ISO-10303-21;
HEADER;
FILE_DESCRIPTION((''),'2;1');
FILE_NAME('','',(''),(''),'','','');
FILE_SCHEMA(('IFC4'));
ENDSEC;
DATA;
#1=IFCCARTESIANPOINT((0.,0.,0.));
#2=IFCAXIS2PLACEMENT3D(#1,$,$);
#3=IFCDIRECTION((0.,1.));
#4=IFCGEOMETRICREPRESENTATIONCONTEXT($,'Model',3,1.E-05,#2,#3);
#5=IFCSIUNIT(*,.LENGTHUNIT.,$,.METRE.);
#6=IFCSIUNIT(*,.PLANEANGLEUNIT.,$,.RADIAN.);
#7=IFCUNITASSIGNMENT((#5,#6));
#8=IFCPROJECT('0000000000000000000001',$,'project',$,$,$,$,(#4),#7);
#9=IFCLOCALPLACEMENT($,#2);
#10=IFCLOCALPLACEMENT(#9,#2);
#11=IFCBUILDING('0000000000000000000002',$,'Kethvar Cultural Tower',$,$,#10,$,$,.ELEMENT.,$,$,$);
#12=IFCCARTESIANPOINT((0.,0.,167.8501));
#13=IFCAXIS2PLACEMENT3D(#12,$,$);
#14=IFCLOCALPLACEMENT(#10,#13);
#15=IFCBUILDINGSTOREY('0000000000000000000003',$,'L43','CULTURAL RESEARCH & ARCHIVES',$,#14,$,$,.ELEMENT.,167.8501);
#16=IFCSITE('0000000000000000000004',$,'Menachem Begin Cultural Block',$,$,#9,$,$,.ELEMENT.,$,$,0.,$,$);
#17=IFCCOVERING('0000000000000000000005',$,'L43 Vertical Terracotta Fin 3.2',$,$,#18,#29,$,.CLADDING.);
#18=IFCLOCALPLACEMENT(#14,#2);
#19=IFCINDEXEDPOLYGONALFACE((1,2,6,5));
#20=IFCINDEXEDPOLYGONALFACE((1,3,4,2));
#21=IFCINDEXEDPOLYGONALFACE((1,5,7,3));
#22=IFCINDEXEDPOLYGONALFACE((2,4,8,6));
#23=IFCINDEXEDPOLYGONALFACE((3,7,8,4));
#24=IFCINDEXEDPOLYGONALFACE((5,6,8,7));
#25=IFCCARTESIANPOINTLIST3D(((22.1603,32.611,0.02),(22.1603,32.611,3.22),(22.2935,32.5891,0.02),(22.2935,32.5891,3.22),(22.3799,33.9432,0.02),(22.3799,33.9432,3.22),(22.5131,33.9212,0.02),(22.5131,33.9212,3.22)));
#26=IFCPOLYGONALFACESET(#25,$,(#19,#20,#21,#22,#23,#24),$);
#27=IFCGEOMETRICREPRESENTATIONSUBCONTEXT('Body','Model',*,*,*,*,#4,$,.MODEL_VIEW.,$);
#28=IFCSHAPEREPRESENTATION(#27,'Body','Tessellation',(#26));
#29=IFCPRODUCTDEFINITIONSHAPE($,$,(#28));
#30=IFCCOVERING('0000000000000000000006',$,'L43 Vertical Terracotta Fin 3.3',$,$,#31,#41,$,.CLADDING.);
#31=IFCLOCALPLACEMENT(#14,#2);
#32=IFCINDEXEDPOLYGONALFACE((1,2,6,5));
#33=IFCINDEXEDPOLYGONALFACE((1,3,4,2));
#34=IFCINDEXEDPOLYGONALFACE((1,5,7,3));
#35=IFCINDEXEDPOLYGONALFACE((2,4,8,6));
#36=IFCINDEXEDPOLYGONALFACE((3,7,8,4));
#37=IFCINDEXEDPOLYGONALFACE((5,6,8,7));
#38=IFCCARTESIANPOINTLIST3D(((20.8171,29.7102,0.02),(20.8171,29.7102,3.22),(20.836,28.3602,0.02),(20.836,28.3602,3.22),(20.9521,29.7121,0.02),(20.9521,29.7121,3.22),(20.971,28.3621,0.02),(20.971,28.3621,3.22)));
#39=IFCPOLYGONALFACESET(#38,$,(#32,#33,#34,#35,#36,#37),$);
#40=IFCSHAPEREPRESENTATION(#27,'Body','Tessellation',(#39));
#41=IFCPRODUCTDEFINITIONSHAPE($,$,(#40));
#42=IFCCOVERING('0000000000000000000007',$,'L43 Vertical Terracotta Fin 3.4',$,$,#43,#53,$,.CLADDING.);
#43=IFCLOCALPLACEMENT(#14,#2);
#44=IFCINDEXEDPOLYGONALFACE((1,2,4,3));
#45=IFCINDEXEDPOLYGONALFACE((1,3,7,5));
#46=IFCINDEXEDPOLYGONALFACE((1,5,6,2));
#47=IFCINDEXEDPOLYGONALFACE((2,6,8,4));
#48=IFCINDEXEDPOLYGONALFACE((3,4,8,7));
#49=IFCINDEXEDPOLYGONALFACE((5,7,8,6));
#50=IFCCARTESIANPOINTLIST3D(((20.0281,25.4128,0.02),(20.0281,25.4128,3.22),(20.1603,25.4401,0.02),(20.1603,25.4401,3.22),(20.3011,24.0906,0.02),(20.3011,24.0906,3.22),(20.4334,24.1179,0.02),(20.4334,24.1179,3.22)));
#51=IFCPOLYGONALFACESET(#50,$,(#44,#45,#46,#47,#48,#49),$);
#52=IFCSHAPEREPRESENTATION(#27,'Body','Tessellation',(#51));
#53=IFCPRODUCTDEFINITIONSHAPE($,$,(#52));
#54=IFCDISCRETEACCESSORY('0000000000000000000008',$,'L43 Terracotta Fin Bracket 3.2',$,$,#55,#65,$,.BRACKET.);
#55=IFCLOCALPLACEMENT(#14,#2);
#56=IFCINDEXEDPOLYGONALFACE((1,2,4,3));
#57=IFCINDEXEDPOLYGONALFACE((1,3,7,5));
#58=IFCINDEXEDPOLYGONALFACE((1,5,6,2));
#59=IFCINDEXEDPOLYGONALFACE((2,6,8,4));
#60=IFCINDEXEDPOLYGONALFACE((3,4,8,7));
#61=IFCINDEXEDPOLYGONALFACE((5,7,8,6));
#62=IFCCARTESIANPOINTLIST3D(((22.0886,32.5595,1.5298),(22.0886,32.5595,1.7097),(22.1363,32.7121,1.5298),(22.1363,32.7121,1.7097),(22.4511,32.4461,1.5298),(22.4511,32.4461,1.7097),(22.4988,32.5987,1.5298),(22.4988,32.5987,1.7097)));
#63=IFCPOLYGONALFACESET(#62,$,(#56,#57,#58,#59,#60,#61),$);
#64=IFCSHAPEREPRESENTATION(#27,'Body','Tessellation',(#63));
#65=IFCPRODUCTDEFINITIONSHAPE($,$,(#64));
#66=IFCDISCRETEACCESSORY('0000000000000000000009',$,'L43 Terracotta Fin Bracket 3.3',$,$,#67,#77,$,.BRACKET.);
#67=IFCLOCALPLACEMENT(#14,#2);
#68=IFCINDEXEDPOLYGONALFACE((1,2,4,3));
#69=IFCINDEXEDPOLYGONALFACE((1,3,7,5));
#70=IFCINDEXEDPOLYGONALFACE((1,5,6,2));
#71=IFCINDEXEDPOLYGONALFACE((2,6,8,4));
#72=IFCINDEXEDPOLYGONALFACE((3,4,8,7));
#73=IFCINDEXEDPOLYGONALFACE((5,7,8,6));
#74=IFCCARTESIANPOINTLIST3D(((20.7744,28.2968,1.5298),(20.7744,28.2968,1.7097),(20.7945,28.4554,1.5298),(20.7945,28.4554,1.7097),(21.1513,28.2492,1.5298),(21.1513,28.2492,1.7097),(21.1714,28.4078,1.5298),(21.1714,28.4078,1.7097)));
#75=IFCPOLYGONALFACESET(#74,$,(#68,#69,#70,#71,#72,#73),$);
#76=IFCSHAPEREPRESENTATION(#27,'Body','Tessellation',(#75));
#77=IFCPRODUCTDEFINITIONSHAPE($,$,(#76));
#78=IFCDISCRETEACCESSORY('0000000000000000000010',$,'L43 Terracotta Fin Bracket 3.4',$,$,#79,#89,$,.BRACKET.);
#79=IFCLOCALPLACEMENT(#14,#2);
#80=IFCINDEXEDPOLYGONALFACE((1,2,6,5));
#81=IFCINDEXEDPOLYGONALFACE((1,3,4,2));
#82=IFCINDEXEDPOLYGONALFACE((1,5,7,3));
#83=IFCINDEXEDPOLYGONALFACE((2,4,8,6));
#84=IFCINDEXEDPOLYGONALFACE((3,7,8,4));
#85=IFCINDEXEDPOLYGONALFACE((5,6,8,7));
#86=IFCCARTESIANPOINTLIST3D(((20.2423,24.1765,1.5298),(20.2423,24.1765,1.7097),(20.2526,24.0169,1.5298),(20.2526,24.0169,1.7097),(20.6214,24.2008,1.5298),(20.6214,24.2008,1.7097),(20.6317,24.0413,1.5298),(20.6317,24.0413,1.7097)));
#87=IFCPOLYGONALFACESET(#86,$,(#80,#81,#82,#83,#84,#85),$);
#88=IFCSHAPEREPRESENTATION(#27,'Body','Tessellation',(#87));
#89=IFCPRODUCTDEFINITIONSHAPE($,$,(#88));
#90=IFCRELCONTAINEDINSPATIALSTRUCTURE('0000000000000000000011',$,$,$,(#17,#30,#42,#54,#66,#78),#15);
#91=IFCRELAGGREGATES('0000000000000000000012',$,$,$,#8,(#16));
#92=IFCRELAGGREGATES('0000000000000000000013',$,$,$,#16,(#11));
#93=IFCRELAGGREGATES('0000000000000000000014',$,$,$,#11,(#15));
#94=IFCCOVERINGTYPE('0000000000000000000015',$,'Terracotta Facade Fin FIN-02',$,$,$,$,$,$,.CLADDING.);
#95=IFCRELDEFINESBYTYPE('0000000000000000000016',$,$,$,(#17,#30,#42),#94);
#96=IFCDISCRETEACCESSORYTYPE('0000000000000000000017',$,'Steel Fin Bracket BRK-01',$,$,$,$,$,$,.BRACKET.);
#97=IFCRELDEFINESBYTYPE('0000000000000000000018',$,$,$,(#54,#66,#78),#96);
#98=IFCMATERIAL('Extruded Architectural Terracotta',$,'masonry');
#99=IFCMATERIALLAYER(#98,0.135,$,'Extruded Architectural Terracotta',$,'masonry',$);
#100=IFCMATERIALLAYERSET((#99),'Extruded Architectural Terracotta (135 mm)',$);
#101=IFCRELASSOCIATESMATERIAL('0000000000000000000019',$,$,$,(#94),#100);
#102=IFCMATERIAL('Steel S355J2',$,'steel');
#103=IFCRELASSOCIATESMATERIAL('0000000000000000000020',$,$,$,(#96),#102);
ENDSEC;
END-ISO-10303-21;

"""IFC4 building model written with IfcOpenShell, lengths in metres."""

from ifc_helpers import new_model, si_unit, direction, frame, origin, origin_2d, place, context, subcontext, project, spatial, rectangle, extrude, source, transform, mapped, material, layer, layer_set, type_object, element, save


model = new_model("IFC4")

# Units and contexts
model_context = context("Model", 3, precision=1e-05, world=origin(), true_north=direction((0.0, 1.0)))
body_context = subcontext(model_context, "Body", "Model", "MODEL_VIEW")
ifc_project = project(units=[si_unit("LENGTHUNIT", "METRE"), si_unit("PLANEANGLEUNIT", "RADIAN")], contexts=[model_context])

# Site, building, storey
site_placement = place(None, origin())
site = spatial("IfcSite", under=ifc_project, at=site_placement, Name="Menachem Begin Cultural Block", CompositionType="ELEMENT", RefElevation=0.0)
building_placement = place(site_placement, origin())
building = spatial("IfcBuilding", under=site, at=building_placement, Name="Kethvar Cultural Tower", CompositionType="ELEMENT")
storey_placement = place(building_placement, frame((0.0, 0.0, 167.8501)))
storey = spatial("IfcBuildingStorey", under=building, at=storey_placement, Name="L43", Description="CULTURAL RESEARCH & ARCHIVES", CompositionType="ELEMENT", Elevation=167.8501)

# Shared definitions
ifc_material_1 = material(Name="Steel S355J2", Category="steel")

# Coverings
ifc_material_2 = material(Name="Extruded Architectural Terracotta", Category="masonry")
ifc_layer_1 = layer(ifc_material_2, 0.135, Name="Extruded Architectural Terracotta", Category="masonry")
ifc_layer_set_1 = layer_set([ifc_layer_1], Name="Extruded Architectural Terracotta (135 mm)")
covering_type = type_object("IfcCoveringType", Name="Terracotta Facade Fin FIN-02", PredefinedType="CLADDING", material=ifc_layer_set_1)
shared_shape_1 = source(origin(), body_context, "Body", "SweptSolid", [
    extrude(rectangle(XDim=1.3501, YDim=0.135, at=origin_2d()), origin(), (0.0, 0.0, 1.0), 3.2),
])
for number, where, z_axis, x_axis, name in (
    (1, (22.3367, 33.2661, 0.02), (0.0, 0.0, 1.0), (0.162637, 0.986686, 0.0), "L43 Vertical Terracotta Fin 3.2"),
    (2, (20.894, 29.0361, 0.02), (0.0, 0.0, 1.0), (-0.013962, 0.999903, 0.0), "L43 Vertical Terracotta Fin 3.3"),
    (3, (20.2307, 24.7654, 0.02), (0.0, 0.0, 1.0), (-0.202275, 0.979329, 0.0), "L43 Vertical Terracotta Fin 3.4"),
):
    element("IfcCovering", number, at=place(storey_placement, frame(where, z_axis=z_axis, x_axis=x_axis)), inside=storey, type_object=covering_type, Name=name, PredefinedType="CLADDING", context=body_context, shape_type="MappedRepresentation", body=[
        mapped(shared_shape_1, transform((0.0, 0.0, 0.0), scale=1.0)),
    ])

# Discrete accessories
discrete_accessory_type = type_object("IfcDiscreteAccessoryType", Name="Steel Fin Bracket BRK-01", PredefinedType="BRACKET", material=ifc_material_1)
shared_shape_2 = source(origin(), body_context, "Body", "SweptSolid", [
    extrude(rectangle(XDim=0.3799, YDim=0.1599, at=origin_2d()), origin(), (0.0, 0.0, 1.0), 0.1799),
])
for number, where, z_axis, x_axis, name in (
    (4, (22.2937, 32.5791, 1.5298), (0.0, 0.0, 1.0), (-0.954449, 0.298375, 0.0), "L43 Terracotta Fin Bracket 3.2"),
    (5, (20.9729, 28.3523, 1.5298), (0.0, 0.0, 1.0), (-0.992115, 0.125333, 0.0), "L43 Terracotta Fin Bracket 3.3"),
    (6, (20.437, 24.1089, 1.5298), (0.0, 0.0, 1.0), (-0.997949, -0.06401, 0.0), "L43 Terracotta Fin Bracket 3.4"),
):
    element("IfcDiscreteAccessory", number, at=place(storey_placement, frame(where, z_axis=z_axis, x_axis=x_axis)), inside=storey, type_object=discrete_accessory_type, Name=name, PredefinedType="BRACKET", context=body_context, shape_type="MappedRepresentation", body=[
        mapped(shared_shape_2, transform((0.0, 0.0, 0.0), scale=1.0)),
    ])

save(model, "model.ifc")
